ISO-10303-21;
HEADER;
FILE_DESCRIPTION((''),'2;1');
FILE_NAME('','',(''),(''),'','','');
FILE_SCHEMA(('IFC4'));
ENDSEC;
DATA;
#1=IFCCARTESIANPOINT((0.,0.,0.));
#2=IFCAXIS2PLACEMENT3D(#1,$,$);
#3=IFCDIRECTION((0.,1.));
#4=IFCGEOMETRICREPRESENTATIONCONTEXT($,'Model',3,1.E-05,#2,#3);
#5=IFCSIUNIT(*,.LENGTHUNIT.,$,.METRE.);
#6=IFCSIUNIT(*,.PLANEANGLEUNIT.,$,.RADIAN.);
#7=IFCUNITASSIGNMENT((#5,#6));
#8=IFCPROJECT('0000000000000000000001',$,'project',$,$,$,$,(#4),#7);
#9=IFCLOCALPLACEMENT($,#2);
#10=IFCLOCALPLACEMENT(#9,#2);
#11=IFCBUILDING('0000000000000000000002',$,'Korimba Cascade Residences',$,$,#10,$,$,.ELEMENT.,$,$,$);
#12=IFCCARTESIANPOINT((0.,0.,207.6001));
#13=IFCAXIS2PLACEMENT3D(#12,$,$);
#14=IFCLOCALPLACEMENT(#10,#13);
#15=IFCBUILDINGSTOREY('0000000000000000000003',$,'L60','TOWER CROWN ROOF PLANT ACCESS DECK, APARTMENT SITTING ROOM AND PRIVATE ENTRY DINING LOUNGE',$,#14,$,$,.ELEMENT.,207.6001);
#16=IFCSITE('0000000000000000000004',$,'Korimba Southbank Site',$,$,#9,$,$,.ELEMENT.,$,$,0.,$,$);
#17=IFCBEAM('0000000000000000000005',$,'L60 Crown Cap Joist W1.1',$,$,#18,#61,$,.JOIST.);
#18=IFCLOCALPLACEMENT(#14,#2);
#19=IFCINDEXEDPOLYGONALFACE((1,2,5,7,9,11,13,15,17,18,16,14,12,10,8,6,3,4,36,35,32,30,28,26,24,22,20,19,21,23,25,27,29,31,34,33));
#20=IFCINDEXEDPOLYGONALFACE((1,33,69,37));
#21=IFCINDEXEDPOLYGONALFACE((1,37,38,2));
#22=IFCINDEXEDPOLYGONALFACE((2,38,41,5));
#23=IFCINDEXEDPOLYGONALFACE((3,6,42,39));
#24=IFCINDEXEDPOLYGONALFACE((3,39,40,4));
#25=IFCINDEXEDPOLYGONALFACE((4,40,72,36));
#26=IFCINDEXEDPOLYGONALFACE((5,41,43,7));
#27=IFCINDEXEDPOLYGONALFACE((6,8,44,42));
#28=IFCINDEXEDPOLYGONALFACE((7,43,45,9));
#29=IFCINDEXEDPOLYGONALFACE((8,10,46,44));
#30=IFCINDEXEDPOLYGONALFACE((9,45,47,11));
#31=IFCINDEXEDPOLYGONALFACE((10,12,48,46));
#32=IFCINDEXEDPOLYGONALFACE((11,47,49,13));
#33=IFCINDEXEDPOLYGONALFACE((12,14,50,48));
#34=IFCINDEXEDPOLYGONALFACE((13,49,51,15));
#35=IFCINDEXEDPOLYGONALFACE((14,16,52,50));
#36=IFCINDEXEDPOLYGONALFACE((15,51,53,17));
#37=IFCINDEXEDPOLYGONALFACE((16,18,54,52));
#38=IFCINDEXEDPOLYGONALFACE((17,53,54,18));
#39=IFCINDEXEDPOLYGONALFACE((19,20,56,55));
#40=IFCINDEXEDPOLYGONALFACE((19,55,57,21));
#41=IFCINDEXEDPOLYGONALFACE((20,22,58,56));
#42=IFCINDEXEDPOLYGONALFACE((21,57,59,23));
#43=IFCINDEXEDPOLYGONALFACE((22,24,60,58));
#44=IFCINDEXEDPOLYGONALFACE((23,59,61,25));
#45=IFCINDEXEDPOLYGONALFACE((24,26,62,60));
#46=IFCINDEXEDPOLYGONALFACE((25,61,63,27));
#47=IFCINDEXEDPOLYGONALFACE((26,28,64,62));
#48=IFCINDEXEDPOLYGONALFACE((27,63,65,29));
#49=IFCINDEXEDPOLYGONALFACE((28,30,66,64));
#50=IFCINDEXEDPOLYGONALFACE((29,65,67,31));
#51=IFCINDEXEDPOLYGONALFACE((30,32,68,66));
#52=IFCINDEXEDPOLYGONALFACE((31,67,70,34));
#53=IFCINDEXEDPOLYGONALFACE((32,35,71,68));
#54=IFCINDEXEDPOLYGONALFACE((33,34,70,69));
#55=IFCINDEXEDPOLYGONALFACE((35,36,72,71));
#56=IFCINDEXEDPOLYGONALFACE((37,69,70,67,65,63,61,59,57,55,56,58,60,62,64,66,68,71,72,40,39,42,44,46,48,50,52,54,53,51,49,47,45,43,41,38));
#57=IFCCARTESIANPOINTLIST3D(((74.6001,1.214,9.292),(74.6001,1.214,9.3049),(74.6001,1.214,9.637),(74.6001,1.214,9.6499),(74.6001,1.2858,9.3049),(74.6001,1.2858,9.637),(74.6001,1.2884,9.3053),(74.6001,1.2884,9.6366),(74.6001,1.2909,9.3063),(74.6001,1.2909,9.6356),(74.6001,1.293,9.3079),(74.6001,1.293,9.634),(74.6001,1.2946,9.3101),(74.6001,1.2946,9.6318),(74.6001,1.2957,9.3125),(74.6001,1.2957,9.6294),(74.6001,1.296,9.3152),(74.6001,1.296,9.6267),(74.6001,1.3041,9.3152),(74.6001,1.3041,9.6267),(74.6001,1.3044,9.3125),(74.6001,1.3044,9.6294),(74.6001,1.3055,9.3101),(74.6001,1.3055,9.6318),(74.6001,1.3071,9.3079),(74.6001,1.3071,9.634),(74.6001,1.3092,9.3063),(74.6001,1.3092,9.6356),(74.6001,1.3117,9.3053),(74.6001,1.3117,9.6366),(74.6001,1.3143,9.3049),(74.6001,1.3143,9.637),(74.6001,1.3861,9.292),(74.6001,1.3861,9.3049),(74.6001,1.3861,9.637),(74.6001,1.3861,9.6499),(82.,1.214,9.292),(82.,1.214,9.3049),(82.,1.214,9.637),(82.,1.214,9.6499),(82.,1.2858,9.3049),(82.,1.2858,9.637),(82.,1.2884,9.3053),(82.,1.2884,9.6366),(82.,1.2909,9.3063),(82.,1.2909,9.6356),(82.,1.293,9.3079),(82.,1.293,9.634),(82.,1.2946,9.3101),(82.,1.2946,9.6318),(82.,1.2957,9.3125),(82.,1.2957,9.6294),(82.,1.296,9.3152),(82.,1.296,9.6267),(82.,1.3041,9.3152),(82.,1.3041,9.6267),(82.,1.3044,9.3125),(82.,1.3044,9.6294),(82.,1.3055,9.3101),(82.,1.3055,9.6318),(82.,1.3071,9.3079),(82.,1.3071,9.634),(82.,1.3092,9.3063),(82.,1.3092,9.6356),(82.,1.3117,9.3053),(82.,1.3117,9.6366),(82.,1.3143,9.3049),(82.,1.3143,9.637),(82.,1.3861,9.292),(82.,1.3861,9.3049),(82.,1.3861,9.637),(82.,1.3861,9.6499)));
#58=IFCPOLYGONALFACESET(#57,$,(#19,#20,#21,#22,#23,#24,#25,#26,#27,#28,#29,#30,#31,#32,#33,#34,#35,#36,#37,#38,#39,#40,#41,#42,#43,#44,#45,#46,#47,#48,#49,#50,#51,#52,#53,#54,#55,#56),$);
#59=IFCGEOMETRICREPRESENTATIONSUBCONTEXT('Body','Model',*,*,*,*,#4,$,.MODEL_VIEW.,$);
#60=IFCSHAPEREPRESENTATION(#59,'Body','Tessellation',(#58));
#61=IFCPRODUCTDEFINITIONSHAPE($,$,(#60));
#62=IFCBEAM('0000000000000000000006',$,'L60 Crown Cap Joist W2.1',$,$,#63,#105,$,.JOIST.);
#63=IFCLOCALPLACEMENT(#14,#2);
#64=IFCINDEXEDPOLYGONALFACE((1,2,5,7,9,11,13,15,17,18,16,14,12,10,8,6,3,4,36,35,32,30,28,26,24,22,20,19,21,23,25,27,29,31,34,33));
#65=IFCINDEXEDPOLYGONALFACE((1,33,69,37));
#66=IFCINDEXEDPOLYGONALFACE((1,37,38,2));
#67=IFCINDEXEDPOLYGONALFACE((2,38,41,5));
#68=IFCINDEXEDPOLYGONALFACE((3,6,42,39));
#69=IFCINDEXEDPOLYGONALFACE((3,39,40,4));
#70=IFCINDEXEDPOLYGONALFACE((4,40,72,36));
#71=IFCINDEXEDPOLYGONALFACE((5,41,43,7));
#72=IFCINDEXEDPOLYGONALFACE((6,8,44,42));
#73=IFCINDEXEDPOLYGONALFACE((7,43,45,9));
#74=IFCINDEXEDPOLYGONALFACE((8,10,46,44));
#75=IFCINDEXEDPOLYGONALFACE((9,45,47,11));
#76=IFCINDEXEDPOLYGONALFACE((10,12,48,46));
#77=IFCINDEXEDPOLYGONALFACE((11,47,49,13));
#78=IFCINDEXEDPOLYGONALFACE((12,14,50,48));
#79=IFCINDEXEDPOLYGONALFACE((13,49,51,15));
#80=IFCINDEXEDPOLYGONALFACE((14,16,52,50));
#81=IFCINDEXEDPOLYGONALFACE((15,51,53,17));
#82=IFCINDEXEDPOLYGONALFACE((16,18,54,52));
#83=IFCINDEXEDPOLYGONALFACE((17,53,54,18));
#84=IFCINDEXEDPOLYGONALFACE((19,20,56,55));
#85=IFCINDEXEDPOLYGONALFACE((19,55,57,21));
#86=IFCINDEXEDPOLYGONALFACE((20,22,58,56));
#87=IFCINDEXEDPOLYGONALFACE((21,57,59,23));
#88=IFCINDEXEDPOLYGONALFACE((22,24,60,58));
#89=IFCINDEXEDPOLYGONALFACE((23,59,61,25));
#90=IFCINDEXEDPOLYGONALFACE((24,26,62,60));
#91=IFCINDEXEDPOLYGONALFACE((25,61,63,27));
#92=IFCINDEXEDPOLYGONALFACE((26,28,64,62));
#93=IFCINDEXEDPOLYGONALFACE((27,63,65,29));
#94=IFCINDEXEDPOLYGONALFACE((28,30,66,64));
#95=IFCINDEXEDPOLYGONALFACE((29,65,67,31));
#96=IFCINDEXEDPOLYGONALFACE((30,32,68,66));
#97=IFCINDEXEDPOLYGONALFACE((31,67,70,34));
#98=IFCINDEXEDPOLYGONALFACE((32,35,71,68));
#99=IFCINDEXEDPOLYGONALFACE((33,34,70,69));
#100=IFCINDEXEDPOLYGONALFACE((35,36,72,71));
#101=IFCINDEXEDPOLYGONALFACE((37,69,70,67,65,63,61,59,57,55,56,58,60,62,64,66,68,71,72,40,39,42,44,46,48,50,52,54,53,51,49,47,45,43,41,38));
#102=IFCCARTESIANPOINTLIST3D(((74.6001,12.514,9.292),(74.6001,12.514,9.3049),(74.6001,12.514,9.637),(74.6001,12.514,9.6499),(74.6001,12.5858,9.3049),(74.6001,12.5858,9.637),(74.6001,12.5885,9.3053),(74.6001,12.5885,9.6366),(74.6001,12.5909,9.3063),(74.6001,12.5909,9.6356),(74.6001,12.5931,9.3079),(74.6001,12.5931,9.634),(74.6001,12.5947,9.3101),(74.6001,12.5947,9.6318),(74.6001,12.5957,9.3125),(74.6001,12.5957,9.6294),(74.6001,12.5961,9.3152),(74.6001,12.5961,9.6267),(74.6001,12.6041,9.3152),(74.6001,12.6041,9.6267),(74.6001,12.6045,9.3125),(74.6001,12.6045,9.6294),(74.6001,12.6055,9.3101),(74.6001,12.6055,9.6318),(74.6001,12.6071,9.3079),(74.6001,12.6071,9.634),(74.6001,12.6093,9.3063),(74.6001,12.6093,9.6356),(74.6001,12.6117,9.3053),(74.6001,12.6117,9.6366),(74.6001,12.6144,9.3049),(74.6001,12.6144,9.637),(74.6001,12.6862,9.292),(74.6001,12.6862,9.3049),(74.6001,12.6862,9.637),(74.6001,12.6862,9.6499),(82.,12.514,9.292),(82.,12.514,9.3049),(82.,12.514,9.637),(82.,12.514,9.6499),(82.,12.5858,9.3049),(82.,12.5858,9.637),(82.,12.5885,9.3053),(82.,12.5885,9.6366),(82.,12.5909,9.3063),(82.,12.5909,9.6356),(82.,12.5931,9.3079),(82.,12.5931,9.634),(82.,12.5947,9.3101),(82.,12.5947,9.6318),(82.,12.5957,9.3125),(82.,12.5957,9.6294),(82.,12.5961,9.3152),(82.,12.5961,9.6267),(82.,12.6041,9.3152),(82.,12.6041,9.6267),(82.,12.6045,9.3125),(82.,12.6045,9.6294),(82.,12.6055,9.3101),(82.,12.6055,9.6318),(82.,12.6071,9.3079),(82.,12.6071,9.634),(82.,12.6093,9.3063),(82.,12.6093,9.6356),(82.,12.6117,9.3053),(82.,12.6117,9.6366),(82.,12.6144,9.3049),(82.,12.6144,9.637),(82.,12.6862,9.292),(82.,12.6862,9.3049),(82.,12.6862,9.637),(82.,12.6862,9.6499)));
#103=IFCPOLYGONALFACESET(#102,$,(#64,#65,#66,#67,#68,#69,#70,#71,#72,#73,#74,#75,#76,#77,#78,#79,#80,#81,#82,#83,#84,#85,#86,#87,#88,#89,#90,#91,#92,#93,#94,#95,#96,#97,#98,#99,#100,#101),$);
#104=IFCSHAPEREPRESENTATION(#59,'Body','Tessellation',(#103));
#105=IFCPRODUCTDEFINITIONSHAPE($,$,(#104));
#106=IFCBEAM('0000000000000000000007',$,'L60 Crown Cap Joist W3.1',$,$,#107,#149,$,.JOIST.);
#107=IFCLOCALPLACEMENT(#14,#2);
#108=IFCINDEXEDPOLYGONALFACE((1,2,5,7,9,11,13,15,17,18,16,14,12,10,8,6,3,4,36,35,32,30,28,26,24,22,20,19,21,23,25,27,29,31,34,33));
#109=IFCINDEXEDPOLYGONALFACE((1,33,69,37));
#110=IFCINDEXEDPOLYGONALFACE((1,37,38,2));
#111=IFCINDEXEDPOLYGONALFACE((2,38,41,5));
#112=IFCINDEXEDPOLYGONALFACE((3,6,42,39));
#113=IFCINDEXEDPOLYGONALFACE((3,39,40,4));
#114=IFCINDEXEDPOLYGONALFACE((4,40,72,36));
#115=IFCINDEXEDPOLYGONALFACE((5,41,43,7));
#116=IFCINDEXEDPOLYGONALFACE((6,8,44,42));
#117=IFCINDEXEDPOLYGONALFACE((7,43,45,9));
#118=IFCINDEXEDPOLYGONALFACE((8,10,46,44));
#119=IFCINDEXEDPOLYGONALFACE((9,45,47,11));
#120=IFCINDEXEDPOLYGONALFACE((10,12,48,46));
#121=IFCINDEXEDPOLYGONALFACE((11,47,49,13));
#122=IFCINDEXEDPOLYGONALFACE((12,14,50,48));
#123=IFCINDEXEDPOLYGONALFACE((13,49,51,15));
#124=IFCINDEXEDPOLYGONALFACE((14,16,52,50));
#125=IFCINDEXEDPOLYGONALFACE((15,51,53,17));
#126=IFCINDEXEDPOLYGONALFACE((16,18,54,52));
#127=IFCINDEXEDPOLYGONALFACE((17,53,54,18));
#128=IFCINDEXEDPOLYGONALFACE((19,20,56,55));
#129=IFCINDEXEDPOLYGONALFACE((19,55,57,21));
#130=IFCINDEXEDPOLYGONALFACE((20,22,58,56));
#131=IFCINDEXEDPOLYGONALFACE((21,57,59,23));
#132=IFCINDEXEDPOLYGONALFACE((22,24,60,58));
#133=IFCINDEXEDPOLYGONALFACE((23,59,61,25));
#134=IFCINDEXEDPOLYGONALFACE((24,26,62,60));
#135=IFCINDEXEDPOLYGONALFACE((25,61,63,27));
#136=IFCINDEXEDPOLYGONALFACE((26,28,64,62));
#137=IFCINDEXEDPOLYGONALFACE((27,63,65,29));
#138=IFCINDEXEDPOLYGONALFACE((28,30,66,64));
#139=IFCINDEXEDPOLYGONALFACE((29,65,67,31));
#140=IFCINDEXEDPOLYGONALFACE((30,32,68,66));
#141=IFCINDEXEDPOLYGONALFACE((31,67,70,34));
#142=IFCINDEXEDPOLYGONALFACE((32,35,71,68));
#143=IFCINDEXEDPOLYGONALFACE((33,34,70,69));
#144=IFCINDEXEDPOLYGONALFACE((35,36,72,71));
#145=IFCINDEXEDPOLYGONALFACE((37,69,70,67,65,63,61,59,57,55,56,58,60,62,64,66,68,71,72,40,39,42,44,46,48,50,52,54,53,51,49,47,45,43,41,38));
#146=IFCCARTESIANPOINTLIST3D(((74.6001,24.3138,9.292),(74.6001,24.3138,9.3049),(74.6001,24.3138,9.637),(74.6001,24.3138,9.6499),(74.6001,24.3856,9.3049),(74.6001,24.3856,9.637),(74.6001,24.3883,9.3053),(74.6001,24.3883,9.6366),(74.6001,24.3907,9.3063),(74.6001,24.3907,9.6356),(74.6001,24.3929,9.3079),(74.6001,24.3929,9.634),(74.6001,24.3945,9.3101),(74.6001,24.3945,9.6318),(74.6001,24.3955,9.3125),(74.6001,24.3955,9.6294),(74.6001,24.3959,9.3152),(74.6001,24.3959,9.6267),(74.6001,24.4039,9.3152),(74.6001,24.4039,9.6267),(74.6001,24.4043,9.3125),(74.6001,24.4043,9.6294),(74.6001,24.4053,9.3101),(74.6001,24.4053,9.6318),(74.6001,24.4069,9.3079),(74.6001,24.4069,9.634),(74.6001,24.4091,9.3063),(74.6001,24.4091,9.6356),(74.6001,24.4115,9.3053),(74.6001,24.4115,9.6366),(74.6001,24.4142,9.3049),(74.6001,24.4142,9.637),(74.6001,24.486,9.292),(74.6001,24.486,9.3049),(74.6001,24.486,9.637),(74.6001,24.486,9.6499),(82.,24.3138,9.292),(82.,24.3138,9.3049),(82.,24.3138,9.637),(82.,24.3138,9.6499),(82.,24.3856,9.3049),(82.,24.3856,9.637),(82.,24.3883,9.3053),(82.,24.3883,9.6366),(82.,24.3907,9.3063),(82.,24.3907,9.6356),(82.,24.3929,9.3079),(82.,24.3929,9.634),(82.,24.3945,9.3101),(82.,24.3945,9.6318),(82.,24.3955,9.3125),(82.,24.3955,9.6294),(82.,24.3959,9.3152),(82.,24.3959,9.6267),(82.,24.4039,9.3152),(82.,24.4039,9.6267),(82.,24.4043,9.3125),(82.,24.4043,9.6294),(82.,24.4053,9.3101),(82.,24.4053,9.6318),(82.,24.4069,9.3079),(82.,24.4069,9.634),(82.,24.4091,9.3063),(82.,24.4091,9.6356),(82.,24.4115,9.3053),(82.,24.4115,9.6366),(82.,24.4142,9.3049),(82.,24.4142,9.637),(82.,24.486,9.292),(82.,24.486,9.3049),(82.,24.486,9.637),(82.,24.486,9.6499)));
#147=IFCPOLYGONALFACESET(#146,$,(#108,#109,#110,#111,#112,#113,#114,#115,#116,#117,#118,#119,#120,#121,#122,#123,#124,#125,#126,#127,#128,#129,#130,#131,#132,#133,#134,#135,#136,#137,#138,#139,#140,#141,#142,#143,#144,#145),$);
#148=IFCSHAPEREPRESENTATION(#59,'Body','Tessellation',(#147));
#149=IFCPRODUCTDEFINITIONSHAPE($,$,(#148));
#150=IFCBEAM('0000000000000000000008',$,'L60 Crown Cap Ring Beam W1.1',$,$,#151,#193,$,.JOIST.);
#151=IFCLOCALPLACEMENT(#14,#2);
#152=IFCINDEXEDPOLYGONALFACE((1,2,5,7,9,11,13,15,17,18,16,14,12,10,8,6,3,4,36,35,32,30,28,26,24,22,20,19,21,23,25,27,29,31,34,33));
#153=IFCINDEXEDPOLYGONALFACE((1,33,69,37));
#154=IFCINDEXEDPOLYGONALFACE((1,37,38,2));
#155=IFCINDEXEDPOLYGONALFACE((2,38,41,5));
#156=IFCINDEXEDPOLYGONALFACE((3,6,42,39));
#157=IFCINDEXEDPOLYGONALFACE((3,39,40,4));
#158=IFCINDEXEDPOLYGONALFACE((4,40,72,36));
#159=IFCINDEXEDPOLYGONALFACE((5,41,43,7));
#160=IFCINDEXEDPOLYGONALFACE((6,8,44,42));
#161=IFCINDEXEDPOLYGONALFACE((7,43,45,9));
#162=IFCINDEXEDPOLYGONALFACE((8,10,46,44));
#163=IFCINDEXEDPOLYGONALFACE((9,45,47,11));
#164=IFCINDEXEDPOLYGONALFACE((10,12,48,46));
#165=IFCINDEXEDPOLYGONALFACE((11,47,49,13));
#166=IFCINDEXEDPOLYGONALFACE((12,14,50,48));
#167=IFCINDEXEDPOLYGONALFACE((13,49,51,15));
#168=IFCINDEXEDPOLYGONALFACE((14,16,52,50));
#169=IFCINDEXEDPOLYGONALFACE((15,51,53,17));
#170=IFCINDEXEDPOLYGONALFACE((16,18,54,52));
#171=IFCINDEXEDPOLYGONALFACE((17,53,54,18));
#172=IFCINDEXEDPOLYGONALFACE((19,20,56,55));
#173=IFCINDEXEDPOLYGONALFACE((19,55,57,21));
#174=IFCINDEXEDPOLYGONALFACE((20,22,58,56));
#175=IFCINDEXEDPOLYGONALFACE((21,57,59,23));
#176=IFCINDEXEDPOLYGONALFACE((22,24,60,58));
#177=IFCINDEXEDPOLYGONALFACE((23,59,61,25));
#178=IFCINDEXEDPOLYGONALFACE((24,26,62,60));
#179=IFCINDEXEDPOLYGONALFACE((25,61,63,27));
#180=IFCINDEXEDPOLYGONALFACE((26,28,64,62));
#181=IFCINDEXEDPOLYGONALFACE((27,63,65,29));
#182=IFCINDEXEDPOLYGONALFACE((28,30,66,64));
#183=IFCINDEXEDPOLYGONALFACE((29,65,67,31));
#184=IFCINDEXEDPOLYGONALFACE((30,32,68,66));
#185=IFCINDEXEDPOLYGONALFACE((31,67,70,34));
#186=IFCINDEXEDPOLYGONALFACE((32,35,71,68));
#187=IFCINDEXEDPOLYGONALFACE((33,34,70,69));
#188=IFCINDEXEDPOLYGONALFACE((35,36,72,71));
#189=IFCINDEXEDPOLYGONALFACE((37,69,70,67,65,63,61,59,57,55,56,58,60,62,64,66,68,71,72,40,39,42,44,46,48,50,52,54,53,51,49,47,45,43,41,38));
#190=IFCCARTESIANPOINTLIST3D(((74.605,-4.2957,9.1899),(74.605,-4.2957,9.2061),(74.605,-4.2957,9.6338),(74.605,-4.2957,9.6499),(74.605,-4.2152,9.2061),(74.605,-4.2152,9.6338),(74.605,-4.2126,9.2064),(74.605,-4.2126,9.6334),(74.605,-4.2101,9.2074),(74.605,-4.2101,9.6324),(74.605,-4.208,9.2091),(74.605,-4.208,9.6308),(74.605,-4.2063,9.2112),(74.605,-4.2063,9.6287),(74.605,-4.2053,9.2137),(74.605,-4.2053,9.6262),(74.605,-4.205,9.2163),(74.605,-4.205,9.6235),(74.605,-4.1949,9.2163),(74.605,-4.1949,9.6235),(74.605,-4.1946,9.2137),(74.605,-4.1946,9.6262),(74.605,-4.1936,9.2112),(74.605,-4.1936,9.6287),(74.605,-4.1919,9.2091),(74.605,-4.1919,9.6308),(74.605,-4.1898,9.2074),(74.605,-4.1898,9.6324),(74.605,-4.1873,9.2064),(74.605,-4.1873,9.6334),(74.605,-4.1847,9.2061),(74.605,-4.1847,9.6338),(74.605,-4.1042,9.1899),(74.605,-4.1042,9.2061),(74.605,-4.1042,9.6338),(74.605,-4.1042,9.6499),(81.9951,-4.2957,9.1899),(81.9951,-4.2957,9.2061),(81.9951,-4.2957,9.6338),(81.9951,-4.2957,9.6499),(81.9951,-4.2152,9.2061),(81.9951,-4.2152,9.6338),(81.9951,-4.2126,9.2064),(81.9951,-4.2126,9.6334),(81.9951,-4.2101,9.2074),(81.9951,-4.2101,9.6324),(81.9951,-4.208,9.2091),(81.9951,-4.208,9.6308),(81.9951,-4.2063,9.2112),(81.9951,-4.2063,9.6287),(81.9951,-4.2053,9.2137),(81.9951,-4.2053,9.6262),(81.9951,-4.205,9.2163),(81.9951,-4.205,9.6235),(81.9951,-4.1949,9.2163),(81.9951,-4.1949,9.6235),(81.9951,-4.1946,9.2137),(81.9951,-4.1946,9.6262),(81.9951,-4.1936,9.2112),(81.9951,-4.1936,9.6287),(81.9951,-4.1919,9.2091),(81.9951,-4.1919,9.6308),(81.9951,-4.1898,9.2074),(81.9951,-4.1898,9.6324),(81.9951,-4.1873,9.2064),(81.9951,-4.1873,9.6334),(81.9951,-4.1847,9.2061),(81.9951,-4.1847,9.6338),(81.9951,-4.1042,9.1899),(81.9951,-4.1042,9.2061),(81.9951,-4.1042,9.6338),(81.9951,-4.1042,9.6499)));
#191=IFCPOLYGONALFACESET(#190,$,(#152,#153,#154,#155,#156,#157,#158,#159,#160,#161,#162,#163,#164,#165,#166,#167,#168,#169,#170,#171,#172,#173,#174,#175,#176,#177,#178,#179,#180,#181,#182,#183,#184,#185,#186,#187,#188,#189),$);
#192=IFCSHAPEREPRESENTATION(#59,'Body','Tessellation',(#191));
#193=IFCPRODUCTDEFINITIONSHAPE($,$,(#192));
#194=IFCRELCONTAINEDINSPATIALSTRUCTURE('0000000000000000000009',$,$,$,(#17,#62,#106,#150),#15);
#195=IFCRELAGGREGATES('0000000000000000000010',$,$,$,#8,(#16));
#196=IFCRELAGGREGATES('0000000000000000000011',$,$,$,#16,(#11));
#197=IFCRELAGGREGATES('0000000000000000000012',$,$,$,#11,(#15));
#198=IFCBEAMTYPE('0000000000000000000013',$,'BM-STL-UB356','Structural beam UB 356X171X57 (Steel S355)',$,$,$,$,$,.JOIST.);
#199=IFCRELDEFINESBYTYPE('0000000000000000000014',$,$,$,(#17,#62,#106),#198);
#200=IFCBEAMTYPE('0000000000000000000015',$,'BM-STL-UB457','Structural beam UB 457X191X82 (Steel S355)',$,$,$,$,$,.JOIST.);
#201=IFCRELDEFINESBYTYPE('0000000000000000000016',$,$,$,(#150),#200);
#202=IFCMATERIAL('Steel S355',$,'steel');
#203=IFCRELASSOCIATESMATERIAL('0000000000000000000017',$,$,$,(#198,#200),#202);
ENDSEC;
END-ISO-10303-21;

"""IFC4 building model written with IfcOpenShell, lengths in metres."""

from ifc_helpers import new_model, si_unit, direction, frame, origin, origin_2d, place, context, subcontext, project, spatial, i_section, extrude, material, material_profile, profile_set, type_object, element, save


model = new_model("IFC4")

# Units and contexts
model_context = context("Model", 3, precision=1e-05, world=origin(), true_north=direction((0.0, 1.0)))
body_context = subcontext(model_context, "Body", "Model", "MODEL_VIEW")
ifc_project = project(units=[si_unit("LENGTHUNIT", "METRE"), si_unit("PLANEANGLEUNIT", "RADIAN")], contexts=[model_context])

# Site, building, storey
site_placement = place(None, origin())
site = spatial("IfcSite", under=ifc_project, at=site_placement, Name="Korimba Southbank Site", CompositionType="ELEMENT", RefElevation=0.0)
building_placement = place(site_placement, origin())
building = spatial("IfcBuilding", under=site, at=building_placement, Name="Korimba Cascade Residences", CompositionType="ELEMENT")
storey_placement = place(building_placement, frame((0.0, 0.0, 207.6001)))
storey = spatial("IfcBuildingStorey", under=building, at=storey_placement, Name="L60", Description="TOWER CROWN ROOF PLANT ACCESS DECK, APARTMENT SITTING ROOM AND PRIVATE ENTRY DINING LOUNGE", CompositionType="ELEMENT", Elevation=207.6001)

# Shared definitions
ifc_material_1 = material(Name="Steel S355", Category="steel")

# Beams
ifc_material_profile_1 = material_profile(ifc_material_1, i_section(OverallWidth=0.1721, OverallDepth=0.3579, WebThickness=0.0081, FlangeThickness=0.0129, FilletRadius=0.0103, at=origin_2d()), Name="Steel S355")
ifc_profile_set_1 = profile_set([ifc_material_profile_1], Name="Steel S355")
beam_type_1 = type_object("IfcBeamType", Name="BM-STL-UB356", Description="Structural beam UB 356X171X57 (Steel S355)", PredefinedType="JOIST", material=ifc_profile_set_1)
for number, where, z_axis, x_axis, name in (
    (1, (74.6001, 1.3, 9.4709), (1.0, 0.0, 0.0), (0.0, 1.0, 0.0), "L60 Crown Cap Joist W1.1"),
    (2, (74.6001, 12.6001, 9.4709), (1.0, 0.0, 0.0), (0.0, 1.0, 0.0), "L60 Crown Cap Joist W2.1"),
    (3, (74.6001, 24.3999, 9.4709), (1.0, 0.0, 0.0), (0.0, 1.0, 0.0), "L60 Crown Cap Joist W3.1"),
):
    element("IfcBeam", number, at=place(storey_placement, frame(where, z_axis=z_axis, x_axis=x_axis)), inside=storey, type_object=beam_type_1, Name=name, PredefinedType="JOIST", context=body_context, shape_type="SweptSolid", body=[
        extrude(i_section(OverallWidth=0.1721, OverallDepth=0.3579, WebThickness=0.0081, FlangeThickness=0.0129, FilletRadius=0.0103, at=origin_2d()), origin(), (0.0, 0.0, 1.0), 7.3999),
    ])
ifc_material_profile_2 = material_profile(ifc_material_1, i_section(OverallWidth=0.1914, OverallDepth=0.46, WebThickness=0.01, FlangeThickness=0.0161, FilletRadius=0.0103, at=origin_2d()), Name="Steel S355")
ifc_profile_set_2 = profile_set([ifc_material_profile_2], Name="Steel S355")
beam_type_2 = type_object("IfcBeamType", Name="BM-STL-UB457", Description="Structural beam UB 457X191X82 (Steel S355)", PredefinedType="JOIST", material=ifc_profile_set_2)
for number, where, z_axis, x_axis, name in (
    (4, (74.605, -4.2, 9.4199), (1.0, 0.0, 0.0), (0.0, 1.0, 0.0), "L60 Crown Cap Ring Beam W1.1"),
):
    element("IfcBeam", number, at=place(storey_placement, frame(where, z_axis=z_axis, x_axis=x_axis)), inside=storey, type_object=beam_type_2, Name=name, PredefinedType="JOIST", context=body_context, shape_type="SweptSolid", body=[
        extrude(i_section(OverallWidth=0.1914, OverallDepth=0.46, WebThickness=0.01, FlangeThickness=0.0161, FilletRadius=0.0103, at=origin_2d()), origin(), (0.0, 0.0, 1.0), 7.3901),
    ])

save(model, "model.ifc")
